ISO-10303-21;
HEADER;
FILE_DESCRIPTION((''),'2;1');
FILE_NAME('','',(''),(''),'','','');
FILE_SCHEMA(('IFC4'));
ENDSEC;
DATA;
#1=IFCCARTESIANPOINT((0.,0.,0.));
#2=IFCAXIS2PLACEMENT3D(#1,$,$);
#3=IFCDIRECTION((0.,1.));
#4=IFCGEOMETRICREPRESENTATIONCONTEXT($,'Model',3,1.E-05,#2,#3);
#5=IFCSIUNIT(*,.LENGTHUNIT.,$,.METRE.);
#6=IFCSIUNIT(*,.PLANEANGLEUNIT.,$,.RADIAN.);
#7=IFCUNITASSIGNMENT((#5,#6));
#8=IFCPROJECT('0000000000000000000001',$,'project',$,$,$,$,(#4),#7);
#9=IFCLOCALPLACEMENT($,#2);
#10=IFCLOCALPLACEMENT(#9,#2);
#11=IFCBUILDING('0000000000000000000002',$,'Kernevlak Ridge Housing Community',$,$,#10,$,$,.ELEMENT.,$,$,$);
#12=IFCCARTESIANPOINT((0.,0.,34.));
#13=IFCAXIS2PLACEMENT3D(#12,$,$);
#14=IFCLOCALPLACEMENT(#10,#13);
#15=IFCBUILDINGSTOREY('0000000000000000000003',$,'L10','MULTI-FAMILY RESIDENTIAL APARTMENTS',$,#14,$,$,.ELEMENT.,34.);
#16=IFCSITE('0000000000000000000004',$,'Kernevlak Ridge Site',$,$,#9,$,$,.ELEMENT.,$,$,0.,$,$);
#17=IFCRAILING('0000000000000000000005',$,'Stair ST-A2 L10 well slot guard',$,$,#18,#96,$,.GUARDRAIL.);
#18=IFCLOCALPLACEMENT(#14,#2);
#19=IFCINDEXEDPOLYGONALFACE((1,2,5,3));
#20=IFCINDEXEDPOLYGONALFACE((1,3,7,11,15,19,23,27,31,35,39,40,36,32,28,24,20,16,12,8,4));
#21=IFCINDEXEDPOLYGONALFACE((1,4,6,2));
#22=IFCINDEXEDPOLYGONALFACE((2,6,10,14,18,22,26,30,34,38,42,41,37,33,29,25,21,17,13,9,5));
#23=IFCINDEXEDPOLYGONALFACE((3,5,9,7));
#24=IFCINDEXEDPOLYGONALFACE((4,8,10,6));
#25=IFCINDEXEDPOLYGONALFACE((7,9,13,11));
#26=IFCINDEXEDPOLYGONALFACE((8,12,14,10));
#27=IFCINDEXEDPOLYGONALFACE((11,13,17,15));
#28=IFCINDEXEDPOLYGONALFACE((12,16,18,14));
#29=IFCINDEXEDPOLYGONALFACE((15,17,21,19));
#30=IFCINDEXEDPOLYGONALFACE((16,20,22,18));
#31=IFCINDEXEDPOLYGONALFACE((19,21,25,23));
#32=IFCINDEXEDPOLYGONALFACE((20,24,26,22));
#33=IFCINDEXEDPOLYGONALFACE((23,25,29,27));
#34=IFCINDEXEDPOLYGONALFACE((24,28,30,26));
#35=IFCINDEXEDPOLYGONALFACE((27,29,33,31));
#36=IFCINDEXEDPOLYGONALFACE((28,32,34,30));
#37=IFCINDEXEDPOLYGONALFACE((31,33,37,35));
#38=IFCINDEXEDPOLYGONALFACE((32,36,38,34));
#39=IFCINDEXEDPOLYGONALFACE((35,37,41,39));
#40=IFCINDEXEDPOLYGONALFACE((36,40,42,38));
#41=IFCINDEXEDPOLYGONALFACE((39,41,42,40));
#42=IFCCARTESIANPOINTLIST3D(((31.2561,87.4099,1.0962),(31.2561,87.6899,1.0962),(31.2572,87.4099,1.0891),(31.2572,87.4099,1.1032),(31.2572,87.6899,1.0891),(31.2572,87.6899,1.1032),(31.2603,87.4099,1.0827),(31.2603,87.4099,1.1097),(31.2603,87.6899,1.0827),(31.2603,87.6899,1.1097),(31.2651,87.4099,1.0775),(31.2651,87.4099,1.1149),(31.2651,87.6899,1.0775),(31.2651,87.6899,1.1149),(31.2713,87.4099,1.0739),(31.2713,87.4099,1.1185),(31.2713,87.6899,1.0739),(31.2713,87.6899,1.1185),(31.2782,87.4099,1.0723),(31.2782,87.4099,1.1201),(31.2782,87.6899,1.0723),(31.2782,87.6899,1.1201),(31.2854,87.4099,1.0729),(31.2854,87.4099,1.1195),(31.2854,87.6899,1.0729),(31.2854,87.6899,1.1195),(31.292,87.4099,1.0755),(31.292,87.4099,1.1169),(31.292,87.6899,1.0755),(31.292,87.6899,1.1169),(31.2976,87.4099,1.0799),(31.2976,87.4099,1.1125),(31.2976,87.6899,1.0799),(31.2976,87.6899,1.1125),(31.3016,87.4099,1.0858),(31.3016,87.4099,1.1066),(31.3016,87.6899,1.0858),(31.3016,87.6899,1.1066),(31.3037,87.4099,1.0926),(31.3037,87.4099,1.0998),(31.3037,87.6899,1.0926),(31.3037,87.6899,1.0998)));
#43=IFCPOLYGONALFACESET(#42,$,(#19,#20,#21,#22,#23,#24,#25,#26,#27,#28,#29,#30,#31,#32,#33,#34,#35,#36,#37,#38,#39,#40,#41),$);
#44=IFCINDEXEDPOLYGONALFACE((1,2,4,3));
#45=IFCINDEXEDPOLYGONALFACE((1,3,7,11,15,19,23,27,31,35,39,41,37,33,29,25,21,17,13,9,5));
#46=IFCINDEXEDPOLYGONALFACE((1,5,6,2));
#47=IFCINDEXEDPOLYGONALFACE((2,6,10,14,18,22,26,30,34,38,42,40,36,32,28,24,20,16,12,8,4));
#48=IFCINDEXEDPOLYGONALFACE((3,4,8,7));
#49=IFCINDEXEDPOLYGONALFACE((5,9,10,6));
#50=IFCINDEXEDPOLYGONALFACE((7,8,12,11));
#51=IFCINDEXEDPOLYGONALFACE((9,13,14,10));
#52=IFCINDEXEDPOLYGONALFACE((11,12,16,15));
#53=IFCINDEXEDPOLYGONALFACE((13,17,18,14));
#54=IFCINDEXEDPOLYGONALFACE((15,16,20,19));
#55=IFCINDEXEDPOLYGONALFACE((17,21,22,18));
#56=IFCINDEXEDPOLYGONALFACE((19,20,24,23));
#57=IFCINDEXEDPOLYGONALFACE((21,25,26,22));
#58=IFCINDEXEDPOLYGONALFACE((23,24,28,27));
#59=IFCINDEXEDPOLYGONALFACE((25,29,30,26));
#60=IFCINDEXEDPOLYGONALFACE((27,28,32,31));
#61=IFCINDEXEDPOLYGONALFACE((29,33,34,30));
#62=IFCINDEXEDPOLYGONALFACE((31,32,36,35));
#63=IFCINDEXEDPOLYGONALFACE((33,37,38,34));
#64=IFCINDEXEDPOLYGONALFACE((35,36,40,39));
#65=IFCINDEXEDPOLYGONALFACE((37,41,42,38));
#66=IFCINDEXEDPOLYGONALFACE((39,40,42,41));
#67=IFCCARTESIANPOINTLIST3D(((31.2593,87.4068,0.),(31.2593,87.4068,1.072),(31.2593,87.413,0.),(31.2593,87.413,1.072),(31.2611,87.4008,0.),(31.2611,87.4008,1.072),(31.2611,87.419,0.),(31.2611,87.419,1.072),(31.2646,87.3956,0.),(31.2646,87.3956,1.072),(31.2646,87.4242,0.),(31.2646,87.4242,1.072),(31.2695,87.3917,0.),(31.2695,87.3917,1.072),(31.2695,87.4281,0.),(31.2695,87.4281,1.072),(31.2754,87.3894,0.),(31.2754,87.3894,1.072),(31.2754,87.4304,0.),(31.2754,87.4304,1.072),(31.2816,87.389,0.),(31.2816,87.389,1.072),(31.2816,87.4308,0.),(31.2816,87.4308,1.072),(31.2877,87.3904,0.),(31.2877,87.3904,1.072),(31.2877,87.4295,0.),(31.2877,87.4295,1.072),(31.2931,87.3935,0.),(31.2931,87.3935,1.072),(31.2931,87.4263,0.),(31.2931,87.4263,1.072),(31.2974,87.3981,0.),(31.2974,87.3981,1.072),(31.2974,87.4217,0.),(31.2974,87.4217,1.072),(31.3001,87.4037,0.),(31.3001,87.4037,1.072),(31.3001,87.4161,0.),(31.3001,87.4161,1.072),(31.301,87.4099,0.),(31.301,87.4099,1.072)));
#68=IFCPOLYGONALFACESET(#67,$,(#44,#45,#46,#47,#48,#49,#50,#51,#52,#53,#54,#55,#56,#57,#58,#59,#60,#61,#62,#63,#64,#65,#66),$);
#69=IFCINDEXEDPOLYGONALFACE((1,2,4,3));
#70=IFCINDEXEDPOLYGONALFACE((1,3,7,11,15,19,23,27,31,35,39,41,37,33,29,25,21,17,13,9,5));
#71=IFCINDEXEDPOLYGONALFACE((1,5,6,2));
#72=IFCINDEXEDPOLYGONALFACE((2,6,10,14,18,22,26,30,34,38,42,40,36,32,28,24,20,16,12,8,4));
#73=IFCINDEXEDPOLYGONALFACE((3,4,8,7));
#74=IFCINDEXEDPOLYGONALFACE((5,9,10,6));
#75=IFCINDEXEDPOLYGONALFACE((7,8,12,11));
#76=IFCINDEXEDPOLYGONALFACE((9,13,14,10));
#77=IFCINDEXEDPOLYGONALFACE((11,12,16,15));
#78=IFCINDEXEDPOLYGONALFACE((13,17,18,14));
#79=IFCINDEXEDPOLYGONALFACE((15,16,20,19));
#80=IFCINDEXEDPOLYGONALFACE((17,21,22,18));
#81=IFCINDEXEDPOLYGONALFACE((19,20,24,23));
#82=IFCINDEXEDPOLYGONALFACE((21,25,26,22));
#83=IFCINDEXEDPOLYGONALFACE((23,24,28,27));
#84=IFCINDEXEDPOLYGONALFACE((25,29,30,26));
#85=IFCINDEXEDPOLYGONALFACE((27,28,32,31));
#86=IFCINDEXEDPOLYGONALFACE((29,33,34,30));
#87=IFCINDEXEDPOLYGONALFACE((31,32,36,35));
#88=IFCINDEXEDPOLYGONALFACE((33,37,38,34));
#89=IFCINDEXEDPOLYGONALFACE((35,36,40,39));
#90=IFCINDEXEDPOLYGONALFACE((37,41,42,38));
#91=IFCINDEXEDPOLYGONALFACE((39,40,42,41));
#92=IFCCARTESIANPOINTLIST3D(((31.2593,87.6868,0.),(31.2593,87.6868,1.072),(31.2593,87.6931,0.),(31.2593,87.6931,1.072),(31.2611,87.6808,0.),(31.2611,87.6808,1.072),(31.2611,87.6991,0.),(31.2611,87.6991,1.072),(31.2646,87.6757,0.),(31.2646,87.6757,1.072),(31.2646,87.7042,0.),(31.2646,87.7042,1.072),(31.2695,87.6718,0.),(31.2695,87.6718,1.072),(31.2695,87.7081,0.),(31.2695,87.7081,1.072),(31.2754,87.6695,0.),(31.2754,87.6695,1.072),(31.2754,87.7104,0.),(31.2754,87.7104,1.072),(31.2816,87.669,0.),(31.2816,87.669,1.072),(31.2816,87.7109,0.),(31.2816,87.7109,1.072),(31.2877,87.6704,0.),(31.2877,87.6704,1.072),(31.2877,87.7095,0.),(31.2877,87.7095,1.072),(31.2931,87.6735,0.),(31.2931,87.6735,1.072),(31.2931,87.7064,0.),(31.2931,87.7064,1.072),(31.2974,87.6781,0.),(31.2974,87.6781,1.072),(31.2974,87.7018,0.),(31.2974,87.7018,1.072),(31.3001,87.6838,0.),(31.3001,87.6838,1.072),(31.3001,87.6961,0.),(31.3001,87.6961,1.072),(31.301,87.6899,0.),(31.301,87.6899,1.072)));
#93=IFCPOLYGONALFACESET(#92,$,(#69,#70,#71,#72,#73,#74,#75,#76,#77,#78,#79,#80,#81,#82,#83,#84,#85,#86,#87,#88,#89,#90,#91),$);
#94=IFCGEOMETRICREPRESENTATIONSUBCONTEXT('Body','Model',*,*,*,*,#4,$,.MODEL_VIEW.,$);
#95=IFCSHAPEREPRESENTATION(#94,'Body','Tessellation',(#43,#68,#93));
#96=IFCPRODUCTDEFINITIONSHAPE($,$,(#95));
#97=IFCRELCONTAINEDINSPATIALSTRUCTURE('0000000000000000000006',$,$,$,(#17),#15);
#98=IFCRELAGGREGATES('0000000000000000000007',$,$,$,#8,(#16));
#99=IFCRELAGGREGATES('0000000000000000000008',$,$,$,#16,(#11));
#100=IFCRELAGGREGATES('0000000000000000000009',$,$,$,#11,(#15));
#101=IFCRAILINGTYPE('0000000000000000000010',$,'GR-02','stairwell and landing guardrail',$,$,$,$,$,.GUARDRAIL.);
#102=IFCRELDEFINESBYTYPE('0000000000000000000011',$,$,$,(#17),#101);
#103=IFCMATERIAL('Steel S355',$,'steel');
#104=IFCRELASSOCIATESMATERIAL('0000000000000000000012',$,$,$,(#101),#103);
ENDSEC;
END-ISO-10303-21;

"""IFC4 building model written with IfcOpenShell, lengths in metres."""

from ifc_helpers import new_model, si_unit, direction, frame, origin, origin_2d, place, context, subcontext, project, spatial, circle, extrude, material, type_object, element, save


model = new_model("IFC4")

# Units and contexts
model_context = context("Model", 3, precision=1e-05, world=origin(), true_north=direction((0.0, 1.0)))
body_context = subcontext(model_context, "Body", "Model", "MODEL_VIEW")
ifc_project = project(units=[si_unit("LENGTHUNIT", "METRE"), si_unit("PLANEANGLEUNIT", "RADIAN")], contexts=[model_context])

# Site, building, storey
site_placement = place(None, origin())
site = spatial("IfcSite", under=ifc_project, at=site_placement, Name="Kernevlak Ridge Site", CompositionType="ELEMENT", RefElevation=0.0)
building_placement = place(site_placement, origin())
building = spatial("IfcBuilding", under=site, at=building_placement, Name="Kernevlak Ridge Housing Community", CompositionType="ELEMENT")
storey_placement = place(building_placement, frame((0.0, 0.0, 34.0)))
storey = spatial("IfcBuildingStorey", under=building, at=storey_placement, Name="L10", Description="MULTI-FAMILY RESIDENTIAL APARTMENTS", CompositionType="ELEMENT", Elevation=34.0)

# Railing
ifc_material_1 = material(Name="Steel S355", Category="steel")
railing_type_1 = type_object("IfcRailingType", Name="GR-02", Description="stairwell and landing guardrail", PredefinedType="GUARDRAIL", material=ifc_material_1)
railing_1_placement = place(storey_placement, frame((31.28, 87.4099, 0.0)))
element("IfcRailing", 1, at=railing_1_placement, inside=storey, type_object=railing_type_1, Name="Stair ST-A2 L10 well slot guard", PredefinedType="GUARDRAIL", context=body_context, shape_type="SweptSolid", body=[
    extrude(circle(Radius=0.0239, at=origin_2d()), frame((0.0, 0.0, 1.0962), z_axis=(0.0, 1.0, 0.0), x_axis=(-1.0, 0.0, 0.0)), (0.0, 0.0, 1.0), 0.28),
    extrude(circle(Radius=0.021, at=origin_2d()), origin(), (0.0, 0.0, 1.0), 1.072),
    extrude(circle(Radius=0.021, at=origin_2d()), frame((0.0, 0.28, 0.0)), (0.0, 0.0, 1.0), 1.072),
])

save(model, "model.ifc")
